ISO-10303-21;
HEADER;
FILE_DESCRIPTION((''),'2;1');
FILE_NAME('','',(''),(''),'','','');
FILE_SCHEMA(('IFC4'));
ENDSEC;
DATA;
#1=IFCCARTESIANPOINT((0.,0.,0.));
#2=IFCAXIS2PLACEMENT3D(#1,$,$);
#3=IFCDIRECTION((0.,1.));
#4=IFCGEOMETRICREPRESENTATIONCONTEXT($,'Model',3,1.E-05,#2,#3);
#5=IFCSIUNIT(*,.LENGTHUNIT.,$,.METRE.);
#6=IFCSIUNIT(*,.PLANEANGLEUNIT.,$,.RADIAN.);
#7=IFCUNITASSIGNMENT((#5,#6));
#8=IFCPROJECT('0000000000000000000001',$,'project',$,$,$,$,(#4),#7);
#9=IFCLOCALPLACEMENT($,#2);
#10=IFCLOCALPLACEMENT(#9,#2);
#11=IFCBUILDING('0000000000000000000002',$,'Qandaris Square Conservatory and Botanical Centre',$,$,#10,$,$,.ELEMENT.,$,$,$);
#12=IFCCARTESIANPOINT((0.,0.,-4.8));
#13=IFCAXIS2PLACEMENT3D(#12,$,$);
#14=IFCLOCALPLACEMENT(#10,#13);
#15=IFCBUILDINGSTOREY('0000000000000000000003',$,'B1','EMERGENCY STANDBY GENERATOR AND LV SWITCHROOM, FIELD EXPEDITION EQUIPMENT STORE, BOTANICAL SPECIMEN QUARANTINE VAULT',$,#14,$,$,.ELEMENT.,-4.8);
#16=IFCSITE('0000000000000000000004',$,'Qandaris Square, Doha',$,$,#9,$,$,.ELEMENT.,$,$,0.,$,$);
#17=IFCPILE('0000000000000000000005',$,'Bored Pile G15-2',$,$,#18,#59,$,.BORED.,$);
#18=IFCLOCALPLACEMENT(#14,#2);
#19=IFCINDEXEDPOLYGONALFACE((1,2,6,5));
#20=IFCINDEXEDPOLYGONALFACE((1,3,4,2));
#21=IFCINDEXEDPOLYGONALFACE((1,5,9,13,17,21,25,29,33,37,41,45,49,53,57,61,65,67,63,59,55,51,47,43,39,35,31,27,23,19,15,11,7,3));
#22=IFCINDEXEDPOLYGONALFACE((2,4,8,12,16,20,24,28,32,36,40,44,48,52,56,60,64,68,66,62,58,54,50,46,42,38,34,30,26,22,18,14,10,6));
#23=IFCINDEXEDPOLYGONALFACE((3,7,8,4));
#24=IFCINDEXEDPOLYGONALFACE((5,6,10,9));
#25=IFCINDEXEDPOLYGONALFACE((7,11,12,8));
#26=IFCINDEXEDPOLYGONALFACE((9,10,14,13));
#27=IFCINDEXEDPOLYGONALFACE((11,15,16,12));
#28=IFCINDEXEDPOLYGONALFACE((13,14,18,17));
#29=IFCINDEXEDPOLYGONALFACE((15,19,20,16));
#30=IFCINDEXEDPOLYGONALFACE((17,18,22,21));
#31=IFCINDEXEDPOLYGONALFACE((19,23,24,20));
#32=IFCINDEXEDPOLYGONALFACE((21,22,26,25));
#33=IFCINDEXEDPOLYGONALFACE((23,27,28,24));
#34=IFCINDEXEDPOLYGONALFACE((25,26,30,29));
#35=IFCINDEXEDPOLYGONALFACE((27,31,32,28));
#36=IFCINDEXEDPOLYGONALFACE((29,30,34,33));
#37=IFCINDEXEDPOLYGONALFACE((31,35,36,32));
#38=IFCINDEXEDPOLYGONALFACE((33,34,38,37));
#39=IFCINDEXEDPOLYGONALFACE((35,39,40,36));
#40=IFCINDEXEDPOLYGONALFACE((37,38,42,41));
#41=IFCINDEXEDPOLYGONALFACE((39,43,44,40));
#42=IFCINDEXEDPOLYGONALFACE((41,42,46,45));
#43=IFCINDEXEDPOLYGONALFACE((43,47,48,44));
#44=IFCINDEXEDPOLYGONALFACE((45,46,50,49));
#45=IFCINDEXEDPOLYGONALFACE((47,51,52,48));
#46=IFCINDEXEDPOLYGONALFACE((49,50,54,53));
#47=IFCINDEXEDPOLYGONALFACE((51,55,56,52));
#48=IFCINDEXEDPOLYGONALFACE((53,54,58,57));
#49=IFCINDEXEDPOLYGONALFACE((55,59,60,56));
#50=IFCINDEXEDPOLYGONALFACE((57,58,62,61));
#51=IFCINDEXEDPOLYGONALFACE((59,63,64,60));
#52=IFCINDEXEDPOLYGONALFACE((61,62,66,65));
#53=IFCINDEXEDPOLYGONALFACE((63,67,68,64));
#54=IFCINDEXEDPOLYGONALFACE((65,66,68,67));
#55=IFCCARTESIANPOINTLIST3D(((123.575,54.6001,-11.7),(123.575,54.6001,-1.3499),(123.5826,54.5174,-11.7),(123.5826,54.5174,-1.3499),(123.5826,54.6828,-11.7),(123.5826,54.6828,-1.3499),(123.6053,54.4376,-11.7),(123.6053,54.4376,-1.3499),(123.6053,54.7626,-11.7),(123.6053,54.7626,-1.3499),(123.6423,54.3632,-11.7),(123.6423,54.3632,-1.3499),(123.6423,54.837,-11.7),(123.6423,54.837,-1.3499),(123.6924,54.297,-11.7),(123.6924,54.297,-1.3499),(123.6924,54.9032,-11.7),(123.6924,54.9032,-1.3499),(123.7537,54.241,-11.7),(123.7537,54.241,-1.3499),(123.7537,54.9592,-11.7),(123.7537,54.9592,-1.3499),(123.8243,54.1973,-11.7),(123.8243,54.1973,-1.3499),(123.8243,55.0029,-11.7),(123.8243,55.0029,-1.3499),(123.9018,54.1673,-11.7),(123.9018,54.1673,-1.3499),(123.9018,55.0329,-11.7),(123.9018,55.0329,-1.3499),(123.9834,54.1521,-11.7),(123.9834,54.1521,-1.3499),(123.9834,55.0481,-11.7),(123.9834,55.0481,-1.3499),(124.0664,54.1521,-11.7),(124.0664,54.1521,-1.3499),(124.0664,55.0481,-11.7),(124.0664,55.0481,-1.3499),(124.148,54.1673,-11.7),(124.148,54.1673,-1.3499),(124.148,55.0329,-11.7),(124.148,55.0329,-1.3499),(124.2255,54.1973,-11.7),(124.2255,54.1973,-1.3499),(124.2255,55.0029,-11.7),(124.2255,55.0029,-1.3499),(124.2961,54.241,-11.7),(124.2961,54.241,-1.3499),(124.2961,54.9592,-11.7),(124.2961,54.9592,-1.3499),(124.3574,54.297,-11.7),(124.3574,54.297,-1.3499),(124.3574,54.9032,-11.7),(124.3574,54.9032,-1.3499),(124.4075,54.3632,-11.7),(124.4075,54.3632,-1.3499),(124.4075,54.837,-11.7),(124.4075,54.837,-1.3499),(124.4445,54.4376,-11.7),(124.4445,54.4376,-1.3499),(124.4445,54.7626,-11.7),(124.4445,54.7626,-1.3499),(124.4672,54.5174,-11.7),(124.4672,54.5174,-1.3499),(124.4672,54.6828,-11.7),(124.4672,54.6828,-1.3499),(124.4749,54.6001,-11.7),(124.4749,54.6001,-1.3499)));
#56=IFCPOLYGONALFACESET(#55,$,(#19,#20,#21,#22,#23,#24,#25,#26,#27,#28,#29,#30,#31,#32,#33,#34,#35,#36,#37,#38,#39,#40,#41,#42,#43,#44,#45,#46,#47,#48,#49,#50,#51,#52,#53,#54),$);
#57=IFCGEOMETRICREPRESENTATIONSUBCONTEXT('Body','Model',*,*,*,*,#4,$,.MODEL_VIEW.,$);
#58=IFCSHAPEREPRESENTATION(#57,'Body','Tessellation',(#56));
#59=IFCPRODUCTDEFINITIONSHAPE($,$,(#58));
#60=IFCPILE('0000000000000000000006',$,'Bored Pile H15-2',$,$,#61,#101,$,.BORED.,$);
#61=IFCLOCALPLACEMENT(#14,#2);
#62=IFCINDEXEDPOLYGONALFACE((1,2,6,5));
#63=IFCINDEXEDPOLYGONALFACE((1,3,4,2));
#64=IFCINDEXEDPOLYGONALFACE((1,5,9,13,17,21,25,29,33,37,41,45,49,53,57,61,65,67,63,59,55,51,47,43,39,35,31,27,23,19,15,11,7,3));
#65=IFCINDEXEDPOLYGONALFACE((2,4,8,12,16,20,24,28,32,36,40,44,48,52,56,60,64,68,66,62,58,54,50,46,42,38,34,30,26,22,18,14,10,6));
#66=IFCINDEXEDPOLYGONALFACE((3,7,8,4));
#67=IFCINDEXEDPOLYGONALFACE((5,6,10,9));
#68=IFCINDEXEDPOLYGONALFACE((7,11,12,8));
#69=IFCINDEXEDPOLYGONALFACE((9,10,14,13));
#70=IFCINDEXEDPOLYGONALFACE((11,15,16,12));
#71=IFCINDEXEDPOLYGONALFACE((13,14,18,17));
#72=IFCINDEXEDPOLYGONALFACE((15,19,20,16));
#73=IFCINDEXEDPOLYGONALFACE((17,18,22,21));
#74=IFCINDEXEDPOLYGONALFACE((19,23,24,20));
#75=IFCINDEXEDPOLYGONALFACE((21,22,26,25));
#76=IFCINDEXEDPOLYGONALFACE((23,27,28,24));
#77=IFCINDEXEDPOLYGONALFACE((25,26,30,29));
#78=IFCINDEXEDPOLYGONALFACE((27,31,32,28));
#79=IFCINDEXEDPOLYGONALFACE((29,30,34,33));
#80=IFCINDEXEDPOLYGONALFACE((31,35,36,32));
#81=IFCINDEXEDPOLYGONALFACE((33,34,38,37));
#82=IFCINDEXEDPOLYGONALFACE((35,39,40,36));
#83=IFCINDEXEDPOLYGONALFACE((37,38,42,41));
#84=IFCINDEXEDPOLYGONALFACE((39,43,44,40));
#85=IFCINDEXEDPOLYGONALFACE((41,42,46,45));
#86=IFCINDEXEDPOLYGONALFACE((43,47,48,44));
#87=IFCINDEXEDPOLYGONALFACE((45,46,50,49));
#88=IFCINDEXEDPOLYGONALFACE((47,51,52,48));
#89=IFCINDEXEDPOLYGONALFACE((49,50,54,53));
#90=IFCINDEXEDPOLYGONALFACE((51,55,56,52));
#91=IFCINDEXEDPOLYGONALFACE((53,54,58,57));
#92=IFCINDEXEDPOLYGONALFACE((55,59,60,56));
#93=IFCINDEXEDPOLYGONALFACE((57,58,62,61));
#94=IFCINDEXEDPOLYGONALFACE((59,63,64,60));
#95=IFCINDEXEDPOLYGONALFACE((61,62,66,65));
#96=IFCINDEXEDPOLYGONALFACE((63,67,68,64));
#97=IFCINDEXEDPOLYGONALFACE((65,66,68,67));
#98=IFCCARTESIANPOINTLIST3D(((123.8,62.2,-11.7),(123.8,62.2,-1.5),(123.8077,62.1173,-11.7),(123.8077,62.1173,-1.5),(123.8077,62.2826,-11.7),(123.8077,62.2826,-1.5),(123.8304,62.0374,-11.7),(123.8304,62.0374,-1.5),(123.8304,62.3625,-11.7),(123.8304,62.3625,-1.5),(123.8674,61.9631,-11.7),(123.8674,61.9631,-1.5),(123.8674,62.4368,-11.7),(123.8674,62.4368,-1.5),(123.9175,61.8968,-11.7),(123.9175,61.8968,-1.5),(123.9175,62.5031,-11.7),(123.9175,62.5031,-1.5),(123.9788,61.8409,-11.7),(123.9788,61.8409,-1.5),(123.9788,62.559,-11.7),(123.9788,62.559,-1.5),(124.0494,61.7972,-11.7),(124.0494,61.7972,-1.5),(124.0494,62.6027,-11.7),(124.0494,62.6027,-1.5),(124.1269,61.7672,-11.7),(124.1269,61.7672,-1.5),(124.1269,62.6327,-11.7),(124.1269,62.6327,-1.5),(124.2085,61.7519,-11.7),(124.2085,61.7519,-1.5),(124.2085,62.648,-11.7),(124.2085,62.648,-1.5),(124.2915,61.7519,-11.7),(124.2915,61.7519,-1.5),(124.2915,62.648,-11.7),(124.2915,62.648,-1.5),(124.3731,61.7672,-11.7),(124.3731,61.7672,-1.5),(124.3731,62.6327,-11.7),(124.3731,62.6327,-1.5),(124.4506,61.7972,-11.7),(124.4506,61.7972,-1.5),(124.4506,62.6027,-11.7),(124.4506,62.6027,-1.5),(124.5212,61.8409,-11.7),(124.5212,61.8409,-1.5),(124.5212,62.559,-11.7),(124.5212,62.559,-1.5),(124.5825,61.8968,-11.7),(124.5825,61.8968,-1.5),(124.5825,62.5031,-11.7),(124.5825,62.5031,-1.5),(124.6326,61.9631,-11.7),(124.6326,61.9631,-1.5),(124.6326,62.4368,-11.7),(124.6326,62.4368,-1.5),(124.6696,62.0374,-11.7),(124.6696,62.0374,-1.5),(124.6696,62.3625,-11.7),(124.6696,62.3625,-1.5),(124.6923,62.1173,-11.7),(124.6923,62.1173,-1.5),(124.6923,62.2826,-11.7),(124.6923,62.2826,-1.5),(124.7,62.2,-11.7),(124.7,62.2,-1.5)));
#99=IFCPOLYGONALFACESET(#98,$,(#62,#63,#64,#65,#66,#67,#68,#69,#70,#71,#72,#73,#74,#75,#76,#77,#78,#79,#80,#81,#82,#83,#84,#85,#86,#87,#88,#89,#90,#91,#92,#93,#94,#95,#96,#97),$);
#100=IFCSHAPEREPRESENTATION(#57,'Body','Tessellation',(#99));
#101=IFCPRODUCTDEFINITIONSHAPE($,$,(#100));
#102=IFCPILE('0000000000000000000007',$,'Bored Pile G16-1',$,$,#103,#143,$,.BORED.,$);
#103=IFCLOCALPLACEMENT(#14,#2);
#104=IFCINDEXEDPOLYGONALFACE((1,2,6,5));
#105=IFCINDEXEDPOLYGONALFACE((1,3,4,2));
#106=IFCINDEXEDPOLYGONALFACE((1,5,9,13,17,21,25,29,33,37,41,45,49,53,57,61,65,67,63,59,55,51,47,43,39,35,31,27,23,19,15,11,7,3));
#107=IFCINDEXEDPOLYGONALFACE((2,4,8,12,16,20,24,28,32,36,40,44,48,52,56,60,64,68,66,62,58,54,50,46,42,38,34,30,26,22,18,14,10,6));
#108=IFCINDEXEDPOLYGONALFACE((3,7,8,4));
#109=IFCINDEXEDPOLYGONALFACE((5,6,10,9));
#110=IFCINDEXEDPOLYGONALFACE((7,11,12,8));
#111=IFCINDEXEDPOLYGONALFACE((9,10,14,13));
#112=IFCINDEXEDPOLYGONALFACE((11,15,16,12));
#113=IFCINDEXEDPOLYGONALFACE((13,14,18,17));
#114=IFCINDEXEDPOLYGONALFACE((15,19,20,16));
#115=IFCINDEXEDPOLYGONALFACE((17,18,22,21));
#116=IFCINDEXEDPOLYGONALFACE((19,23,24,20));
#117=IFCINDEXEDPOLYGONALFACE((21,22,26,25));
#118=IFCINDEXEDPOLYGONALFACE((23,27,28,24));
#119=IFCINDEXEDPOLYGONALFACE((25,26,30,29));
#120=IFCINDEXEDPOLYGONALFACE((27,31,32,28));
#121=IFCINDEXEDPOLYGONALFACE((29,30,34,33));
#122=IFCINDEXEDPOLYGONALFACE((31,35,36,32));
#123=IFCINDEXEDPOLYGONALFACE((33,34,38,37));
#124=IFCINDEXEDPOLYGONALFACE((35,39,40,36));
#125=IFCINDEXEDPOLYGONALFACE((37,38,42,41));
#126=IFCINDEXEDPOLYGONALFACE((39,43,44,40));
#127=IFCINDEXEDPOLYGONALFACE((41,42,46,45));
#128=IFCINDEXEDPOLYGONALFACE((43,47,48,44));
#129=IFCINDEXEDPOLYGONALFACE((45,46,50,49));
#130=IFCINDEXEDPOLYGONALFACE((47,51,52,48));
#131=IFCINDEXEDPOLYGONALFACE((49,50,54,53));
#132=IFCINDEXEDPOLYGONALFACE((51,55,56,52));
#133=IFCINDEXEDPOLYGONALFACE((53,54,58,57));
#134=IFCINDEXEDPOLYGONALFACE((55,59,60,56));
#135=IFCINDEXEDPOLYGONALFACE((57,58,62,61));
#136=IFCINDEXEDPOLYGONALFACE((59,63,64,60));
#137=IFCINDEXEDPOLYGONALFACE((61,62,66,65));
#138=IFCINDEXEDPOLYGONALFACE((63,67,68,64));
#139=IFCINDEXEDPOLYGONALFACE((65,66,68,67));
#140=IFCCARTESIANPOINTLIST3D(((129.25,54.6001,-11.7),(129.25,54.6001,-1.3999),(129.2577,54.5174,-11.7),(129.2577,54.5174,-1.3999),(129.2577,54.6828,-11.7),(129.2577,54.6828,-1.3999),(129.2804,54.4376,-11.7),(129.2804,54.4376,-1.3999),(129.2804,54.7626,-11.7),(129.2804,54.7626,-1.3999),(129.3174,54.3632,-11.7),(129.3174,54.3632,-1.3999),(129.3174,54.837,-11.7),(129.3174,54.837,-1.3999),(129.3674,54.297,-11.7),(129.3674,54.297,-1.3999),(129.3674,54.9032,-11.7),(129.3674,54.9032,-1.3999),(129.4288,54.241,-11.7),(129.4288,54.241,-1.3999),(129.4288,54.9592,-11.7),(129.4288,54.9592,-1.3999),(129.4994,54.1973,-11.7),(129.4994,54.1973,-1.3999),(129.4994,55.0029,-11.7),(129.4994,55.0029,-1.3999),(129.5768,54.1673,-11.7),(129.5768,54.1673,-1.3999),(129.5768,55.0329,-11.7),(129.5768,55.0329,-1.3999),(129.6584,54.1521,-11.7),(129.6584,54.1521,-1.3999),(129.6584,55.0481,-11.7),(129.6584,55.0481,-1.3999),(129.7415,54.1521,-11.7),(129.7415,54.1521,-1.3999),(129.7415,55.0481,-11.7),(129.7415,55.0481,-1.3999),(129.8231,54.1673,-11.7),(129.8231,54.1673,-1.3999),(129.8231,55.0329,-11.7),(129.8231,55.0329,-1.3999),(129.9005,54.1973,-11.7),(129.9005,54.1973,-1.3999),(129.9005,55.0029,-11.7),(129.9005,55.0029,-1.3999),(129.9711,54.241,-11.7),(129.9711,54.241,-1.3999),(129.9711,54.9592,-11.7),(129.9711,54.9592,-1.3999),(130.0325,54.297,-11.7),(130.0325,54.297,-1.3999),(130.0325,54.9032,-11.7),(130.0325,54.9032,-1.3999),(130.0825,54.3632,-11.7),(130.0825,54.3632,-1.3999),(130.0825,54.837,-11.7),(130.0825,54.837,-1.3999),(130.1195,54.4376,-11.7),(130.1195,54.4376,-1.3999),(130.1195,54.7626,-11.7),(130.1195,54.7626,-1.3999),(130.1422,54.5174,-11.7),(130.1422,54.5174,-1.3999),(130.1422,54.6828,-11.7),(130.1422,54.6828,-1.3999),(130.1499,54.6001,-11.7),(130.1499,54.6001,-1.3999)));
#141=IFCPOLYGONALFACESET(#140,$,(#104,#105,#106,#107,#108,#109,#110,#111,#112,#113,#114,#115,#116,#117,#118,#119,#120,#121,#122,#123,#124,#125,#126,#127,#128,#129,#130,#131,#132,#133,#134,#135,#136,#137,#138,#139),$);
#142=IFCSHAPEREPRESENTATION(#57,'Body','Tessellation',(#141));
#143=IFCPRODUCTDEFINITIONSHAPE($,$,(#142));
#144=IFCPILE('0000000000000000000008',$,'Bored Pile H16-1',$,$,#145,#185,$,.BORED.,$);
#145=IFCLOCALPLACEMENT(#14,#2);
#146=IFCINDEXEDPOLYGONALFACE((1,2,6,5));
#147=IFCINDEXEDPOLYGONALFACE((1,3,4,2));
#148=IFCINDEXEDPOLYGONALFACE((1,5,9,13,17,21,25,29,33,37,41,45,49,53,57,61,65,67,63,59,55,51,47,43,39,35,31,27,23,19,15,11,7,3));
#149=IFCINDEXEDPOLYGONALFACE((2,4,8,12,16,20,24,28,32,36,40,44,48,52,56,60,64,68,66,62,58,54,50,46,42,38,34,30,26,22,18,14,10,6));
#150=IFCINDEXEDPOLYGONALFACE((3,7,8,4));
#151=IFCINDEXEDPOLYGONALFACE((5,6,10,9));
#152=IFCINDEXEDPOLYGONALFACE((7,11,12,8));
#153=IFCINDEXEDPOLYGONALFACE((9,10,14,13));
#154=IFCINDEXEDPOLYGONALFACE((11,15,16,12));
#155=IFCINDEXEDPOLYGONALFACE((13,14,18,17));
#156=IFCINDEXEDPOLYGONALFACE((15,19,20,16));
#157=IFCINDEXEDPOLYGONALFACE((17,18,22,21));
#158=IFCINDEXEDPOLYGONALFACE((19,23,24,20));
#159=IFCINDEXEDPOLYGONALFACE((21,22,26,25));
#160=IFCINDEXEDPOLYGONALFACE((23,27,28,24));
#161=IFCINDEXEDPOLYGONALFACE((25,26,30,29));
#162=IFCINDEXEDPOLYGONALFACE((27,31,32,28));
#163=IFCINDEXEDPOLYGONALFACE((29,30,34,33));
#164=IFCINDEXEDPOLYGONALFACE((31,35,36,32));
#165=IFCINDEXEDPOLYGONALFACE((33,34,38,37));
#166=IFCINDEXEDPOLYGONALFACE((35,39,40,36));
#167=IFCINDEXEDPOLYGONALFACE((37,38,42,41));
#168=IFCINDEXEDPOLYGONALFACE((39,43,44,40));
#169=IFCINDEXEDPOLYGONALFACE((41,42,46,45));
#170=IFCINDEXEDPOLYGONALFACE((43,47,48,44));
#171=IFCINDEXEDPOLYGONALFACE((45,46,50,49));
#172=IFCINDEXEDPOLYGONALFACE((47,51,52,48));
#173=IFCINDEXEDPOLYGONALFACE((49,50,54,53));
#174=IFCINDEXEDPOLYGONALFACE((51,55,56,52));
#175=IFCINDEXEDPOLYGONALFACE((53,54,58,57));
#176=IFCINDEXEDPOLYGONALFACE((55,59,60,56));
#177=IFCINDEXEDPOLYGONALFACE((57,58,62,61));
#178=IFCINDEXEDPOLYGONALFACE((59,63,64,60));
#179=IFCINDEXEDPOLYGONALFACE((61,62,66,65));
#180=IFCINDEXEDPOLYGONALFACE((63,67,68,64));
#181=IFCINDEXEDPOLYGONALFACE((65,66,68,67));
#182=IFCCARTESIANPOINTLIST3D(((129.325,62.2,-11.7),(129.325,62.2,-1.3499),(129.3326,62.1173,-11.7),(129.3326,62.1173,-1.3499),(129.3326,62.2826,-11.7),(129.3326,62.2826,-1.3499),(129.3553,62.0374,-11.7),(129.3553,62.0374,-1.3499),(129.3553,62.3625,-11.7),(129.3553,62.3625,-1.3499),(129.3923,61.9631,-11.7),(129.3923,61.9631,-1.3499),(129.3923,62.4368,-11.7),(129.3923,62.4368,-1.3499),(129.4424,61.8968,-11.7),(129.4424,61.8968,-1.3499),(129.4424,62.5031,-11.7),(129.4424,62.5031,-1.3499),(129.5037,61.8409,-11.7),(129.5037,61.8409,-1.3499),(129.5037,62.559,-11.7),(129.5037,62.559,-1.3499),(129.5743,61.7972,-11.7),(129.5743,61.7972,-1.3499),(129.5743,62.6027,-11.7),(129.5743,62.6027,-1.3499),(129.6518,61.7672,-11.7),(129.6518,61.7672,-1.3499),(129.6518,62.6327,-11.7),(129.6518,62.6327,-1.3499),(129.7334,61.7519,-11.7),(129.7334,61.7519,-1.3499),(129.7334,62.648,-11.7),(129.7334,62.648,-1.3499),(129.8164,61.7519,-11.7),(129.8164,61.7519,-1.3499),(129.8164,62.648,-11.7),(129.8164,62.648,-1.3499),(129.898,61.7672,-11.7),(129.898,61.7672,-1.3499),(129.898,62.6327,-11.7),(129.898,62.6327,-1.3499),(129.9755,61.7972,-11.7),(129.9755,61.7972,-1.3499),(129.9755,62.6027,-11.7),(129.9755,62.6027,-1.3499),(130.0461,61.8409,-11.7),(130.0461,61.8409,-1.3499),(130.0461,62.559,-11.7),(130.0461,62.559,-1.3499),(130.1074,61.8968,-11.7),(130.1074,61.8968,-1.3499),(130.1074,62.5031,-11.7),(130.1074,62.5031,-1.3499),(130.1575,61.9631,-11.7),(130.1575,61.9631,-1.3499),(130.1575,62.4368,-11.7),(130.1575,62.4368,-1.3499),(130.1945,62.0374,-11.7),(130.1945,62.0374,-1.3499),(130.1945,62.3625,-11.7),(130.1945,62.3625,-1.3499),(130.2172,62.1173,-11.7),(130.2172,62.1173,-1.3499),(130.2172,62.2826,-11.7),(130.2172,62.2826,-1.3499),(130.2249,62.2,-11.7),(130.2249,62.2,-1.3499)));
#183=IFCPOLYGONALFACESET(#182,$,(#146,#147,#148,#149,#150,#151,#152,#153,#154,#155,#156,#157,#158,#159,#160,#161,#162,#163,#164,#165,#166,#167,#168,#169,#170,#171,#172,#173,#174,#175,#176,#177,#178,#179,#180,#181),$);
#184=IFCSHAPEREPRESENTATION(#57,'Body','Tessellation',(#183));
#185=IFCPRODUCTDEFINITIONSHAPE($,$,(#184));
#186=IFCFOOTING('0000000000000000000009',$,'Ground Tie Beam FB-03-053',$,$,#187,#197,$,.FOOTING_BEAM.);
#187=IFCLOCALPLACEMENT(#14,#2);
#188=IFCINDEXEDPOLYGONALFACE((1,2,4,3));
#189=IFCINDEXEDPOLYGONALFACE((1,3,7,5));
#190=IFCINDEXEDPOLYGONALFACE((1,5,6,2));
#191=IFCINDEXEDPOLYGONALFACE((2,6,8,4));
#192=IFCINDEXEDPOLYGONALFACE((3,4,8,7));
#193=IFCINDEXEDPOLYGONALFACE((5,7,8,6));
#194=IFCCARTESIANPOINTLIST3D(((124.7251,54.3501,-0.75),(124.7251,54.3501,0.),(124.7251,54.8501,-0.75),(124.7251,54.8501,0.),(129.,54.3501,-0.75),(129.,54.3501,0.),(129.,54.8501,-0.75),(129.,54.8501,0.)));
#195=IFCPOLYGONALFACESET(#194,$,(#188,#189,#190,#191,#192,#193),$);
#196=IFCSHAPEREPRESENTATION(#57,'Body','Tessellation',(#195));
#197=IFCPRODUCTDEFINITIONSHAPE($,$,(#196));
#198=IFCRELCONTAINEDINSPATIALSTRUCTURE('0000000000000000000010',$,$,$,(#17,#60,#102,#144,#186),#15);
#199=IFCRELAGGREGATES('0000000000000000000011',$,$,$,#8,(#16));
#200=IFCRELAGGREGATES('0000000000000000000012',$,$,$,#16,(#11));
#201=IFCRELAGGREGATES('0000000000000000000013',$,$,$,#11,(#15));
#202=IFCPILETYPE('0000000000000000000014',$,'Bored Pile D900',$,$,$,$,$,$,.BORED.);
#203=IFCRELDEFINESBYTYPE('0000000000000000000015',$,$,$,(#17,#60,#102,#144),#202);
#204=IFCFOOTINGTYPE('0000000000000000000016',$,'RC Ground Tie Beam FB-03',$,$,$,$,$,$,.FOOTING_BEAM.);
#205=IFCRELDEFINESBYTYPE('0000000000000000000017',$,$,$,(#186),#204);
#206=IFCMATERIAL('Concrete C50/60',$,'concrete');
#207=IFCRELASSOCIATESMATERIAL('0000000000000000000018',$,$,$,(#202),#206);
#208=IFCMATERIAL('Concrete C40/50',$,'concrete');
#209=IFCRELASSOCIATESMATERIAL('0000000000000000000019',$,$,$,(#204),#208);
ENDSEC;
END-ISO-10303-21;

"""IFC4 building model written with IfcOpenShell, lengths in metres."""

from ifc_helpers import new_model, si_unit, direction, frame, origin, origin_2d, place, context, subcontext, project, spatial, rectangle, circle, extrude, material, material_profile, profile_set, type_object, element, save


model = new_model("IFC4")

# Units and contexts
model_context = context("Model", 3, precision=1e-05, world=origin(), true_north=direction((0.0, 1.0)))
body_context = subcontext(model_context, "Body", "Model", "MODEL_VIEW")
ifc_project = project(units=[si_unit("LENGTHUNIT", "METRE"), si_unit("PLANEANGLEUNIT", "RADIAN")], contexts=[model_context])

# Site, building, storey
site_placement = place(None, origin())
site = spatial("IfcSite", under=ifc_project, at=site_placement, Name="Qandaris Square, Doha", CompositionType="ELEMENT", RefElevation=0.0)
building_placement = place(site_placement, origin())
building = spatial("IfcBuilding", under=site, at=building_placement, Name="Qandaris Square Conservatory and Botanical Centre", CompositionType="ELEMENT")
storey_placement = place(building_placement, frame((0.0, 0.0, -4.8)))
storey = spatial("IfcBuildingStorey", under=building, at=storey_placement, Name="B1", Description="EMERGENCY STANDBY GENERATOR AND LV SWITCHROOM, FIELD EXPEDITION EQUIPMENT STORE, BOTANICAL SPECIMEN QUARANTINE VAULT", CompositionType="ELEMENT", Elevation=-4.8)

# Piles
ifc_material_1 = material(Name="Concrete C50/60", Category="concrete")
ifc_material_profile_1 = material_profile(ifc_material_1, circle(Radius=0.45, at=origin_2d()), Name="PILE D900")
ifc_profile_set_1 = profile_set([ifc_material_profile_1], Name="Concrete C50/60")
pile_type = type_object("IfcPileType", Name="Bored Pile D900", PredefinedType="BORED", material=ifc_profile_set_1)
pile_1_placement = place(storey_placement, frame((124.0249, 54.6001, -1.3499), z_axis=(0.0, 0.0, -1.0), x_axis=(1.0, 0.0, 0.0)))
element("IfcPile", 1, at=pile_1_placement, inside=storey, type_object=pile_type, Name="Bored Pile G15-2", PredefinedType="BORED", context=body_context, shape_type="SweptSolid", body=[
    extrude(circle(Radius=0.45, at=origin_2d()), origin(), (0.0, 0.0, 1.0), 10.3501),
])
pile_2_placement = place(storey_placement, frame((124.25, 62.2, -1.5), z_axis=(0.0, 0.0, -1.0), x_axis=(1.0, 0.0, 0.0)))
element("IfcPile", 2, at=pile_2_placement, inside=storey, type_object=pile_type, Name="Bored Pile H15-2", PredefinedType="BORED", context=body_context, shape_type="SweptSolid", body=[
    extrude(circle(Radius=0.45, at=origin_2d()), origin(), (0.0, 0.0, 1.0), 10.2),
])
pile_3_placement = place(storey_placement, frame((129.7, 54.6001, -1.3999), z_axis=(0.0, 0.0, -1.0), x_axis=(1.0, 0.0, 0.0)))
element("IfcPile", 3, at=pile_3_placement, inside=storey, type_object=pile_type, Name="Bored Pile G16-1", PredefinedType="BORED", context=body_context, shape_type="SweptSolid", body=[
    extrude(circle(Radius=0.45, at=origin_2d()), origin(), (0.0, 0.0, 1.0), 10.3),
])
pile_4_placement = place(storey_placement, frame((129.7749, 62.2, -1.3499), z_axis=(0.0, 0.0, -1.0), x_axis=(1.0, 0.0, 0.0)))
element("IfcPile", 4, at=pile_4_placement, inside=storey, type_object=pile_type, Name="Bored Pile H16-1", PredefinedType="BORED", context=body_context, shape_type="SweptSolid", body=[
    extrude(circle(Radius=0.45, at=origin_2d()), origin(), (0.0, 0.0, 1.0), 10.3501),
])

# Footing
ifc_material_2 = material(Name="Concrete C40/50", Category="concrete")
ifc_material_profile_2 = material_profile(ifc_material_2, rectangle(XDim=0.5, YDim=0.75, at=origin_2d()), Name="FB 500x750")
ifc_profile_set_2 = profile_set([ifc_material_profile_2], Name="Concrete C40/50")
footing_type_1 = type_object("IfcFootingType", Name="RC Ground Tie Beam FB-03", PredefinedType="FOOTING_BEAM", material=ifc_profile_set_2)
footing_1_placement = place(storey_placement, frame((124.7251, 54.6001, -0.375), z_axis=(1.0, 0.0, 0.0), x_axis=(0.0, 1.0, 0.0)))
element("IfcFooting", 5, at=footing_1_placement, inside=storey, type_object=footing_type_1, Name="Ground Tie Beam FB-03-053", PredefinedType="FOOTING_BEAM", context=body_context, shape_type="SweptSolid", body=[
    extrude(rectangle(XDim=0.5, YDim=0.75, at=origin_2d()), origin(), (0.0, 0.0, 1.0), 4.2749),
])

save(model, "model.ifc")
